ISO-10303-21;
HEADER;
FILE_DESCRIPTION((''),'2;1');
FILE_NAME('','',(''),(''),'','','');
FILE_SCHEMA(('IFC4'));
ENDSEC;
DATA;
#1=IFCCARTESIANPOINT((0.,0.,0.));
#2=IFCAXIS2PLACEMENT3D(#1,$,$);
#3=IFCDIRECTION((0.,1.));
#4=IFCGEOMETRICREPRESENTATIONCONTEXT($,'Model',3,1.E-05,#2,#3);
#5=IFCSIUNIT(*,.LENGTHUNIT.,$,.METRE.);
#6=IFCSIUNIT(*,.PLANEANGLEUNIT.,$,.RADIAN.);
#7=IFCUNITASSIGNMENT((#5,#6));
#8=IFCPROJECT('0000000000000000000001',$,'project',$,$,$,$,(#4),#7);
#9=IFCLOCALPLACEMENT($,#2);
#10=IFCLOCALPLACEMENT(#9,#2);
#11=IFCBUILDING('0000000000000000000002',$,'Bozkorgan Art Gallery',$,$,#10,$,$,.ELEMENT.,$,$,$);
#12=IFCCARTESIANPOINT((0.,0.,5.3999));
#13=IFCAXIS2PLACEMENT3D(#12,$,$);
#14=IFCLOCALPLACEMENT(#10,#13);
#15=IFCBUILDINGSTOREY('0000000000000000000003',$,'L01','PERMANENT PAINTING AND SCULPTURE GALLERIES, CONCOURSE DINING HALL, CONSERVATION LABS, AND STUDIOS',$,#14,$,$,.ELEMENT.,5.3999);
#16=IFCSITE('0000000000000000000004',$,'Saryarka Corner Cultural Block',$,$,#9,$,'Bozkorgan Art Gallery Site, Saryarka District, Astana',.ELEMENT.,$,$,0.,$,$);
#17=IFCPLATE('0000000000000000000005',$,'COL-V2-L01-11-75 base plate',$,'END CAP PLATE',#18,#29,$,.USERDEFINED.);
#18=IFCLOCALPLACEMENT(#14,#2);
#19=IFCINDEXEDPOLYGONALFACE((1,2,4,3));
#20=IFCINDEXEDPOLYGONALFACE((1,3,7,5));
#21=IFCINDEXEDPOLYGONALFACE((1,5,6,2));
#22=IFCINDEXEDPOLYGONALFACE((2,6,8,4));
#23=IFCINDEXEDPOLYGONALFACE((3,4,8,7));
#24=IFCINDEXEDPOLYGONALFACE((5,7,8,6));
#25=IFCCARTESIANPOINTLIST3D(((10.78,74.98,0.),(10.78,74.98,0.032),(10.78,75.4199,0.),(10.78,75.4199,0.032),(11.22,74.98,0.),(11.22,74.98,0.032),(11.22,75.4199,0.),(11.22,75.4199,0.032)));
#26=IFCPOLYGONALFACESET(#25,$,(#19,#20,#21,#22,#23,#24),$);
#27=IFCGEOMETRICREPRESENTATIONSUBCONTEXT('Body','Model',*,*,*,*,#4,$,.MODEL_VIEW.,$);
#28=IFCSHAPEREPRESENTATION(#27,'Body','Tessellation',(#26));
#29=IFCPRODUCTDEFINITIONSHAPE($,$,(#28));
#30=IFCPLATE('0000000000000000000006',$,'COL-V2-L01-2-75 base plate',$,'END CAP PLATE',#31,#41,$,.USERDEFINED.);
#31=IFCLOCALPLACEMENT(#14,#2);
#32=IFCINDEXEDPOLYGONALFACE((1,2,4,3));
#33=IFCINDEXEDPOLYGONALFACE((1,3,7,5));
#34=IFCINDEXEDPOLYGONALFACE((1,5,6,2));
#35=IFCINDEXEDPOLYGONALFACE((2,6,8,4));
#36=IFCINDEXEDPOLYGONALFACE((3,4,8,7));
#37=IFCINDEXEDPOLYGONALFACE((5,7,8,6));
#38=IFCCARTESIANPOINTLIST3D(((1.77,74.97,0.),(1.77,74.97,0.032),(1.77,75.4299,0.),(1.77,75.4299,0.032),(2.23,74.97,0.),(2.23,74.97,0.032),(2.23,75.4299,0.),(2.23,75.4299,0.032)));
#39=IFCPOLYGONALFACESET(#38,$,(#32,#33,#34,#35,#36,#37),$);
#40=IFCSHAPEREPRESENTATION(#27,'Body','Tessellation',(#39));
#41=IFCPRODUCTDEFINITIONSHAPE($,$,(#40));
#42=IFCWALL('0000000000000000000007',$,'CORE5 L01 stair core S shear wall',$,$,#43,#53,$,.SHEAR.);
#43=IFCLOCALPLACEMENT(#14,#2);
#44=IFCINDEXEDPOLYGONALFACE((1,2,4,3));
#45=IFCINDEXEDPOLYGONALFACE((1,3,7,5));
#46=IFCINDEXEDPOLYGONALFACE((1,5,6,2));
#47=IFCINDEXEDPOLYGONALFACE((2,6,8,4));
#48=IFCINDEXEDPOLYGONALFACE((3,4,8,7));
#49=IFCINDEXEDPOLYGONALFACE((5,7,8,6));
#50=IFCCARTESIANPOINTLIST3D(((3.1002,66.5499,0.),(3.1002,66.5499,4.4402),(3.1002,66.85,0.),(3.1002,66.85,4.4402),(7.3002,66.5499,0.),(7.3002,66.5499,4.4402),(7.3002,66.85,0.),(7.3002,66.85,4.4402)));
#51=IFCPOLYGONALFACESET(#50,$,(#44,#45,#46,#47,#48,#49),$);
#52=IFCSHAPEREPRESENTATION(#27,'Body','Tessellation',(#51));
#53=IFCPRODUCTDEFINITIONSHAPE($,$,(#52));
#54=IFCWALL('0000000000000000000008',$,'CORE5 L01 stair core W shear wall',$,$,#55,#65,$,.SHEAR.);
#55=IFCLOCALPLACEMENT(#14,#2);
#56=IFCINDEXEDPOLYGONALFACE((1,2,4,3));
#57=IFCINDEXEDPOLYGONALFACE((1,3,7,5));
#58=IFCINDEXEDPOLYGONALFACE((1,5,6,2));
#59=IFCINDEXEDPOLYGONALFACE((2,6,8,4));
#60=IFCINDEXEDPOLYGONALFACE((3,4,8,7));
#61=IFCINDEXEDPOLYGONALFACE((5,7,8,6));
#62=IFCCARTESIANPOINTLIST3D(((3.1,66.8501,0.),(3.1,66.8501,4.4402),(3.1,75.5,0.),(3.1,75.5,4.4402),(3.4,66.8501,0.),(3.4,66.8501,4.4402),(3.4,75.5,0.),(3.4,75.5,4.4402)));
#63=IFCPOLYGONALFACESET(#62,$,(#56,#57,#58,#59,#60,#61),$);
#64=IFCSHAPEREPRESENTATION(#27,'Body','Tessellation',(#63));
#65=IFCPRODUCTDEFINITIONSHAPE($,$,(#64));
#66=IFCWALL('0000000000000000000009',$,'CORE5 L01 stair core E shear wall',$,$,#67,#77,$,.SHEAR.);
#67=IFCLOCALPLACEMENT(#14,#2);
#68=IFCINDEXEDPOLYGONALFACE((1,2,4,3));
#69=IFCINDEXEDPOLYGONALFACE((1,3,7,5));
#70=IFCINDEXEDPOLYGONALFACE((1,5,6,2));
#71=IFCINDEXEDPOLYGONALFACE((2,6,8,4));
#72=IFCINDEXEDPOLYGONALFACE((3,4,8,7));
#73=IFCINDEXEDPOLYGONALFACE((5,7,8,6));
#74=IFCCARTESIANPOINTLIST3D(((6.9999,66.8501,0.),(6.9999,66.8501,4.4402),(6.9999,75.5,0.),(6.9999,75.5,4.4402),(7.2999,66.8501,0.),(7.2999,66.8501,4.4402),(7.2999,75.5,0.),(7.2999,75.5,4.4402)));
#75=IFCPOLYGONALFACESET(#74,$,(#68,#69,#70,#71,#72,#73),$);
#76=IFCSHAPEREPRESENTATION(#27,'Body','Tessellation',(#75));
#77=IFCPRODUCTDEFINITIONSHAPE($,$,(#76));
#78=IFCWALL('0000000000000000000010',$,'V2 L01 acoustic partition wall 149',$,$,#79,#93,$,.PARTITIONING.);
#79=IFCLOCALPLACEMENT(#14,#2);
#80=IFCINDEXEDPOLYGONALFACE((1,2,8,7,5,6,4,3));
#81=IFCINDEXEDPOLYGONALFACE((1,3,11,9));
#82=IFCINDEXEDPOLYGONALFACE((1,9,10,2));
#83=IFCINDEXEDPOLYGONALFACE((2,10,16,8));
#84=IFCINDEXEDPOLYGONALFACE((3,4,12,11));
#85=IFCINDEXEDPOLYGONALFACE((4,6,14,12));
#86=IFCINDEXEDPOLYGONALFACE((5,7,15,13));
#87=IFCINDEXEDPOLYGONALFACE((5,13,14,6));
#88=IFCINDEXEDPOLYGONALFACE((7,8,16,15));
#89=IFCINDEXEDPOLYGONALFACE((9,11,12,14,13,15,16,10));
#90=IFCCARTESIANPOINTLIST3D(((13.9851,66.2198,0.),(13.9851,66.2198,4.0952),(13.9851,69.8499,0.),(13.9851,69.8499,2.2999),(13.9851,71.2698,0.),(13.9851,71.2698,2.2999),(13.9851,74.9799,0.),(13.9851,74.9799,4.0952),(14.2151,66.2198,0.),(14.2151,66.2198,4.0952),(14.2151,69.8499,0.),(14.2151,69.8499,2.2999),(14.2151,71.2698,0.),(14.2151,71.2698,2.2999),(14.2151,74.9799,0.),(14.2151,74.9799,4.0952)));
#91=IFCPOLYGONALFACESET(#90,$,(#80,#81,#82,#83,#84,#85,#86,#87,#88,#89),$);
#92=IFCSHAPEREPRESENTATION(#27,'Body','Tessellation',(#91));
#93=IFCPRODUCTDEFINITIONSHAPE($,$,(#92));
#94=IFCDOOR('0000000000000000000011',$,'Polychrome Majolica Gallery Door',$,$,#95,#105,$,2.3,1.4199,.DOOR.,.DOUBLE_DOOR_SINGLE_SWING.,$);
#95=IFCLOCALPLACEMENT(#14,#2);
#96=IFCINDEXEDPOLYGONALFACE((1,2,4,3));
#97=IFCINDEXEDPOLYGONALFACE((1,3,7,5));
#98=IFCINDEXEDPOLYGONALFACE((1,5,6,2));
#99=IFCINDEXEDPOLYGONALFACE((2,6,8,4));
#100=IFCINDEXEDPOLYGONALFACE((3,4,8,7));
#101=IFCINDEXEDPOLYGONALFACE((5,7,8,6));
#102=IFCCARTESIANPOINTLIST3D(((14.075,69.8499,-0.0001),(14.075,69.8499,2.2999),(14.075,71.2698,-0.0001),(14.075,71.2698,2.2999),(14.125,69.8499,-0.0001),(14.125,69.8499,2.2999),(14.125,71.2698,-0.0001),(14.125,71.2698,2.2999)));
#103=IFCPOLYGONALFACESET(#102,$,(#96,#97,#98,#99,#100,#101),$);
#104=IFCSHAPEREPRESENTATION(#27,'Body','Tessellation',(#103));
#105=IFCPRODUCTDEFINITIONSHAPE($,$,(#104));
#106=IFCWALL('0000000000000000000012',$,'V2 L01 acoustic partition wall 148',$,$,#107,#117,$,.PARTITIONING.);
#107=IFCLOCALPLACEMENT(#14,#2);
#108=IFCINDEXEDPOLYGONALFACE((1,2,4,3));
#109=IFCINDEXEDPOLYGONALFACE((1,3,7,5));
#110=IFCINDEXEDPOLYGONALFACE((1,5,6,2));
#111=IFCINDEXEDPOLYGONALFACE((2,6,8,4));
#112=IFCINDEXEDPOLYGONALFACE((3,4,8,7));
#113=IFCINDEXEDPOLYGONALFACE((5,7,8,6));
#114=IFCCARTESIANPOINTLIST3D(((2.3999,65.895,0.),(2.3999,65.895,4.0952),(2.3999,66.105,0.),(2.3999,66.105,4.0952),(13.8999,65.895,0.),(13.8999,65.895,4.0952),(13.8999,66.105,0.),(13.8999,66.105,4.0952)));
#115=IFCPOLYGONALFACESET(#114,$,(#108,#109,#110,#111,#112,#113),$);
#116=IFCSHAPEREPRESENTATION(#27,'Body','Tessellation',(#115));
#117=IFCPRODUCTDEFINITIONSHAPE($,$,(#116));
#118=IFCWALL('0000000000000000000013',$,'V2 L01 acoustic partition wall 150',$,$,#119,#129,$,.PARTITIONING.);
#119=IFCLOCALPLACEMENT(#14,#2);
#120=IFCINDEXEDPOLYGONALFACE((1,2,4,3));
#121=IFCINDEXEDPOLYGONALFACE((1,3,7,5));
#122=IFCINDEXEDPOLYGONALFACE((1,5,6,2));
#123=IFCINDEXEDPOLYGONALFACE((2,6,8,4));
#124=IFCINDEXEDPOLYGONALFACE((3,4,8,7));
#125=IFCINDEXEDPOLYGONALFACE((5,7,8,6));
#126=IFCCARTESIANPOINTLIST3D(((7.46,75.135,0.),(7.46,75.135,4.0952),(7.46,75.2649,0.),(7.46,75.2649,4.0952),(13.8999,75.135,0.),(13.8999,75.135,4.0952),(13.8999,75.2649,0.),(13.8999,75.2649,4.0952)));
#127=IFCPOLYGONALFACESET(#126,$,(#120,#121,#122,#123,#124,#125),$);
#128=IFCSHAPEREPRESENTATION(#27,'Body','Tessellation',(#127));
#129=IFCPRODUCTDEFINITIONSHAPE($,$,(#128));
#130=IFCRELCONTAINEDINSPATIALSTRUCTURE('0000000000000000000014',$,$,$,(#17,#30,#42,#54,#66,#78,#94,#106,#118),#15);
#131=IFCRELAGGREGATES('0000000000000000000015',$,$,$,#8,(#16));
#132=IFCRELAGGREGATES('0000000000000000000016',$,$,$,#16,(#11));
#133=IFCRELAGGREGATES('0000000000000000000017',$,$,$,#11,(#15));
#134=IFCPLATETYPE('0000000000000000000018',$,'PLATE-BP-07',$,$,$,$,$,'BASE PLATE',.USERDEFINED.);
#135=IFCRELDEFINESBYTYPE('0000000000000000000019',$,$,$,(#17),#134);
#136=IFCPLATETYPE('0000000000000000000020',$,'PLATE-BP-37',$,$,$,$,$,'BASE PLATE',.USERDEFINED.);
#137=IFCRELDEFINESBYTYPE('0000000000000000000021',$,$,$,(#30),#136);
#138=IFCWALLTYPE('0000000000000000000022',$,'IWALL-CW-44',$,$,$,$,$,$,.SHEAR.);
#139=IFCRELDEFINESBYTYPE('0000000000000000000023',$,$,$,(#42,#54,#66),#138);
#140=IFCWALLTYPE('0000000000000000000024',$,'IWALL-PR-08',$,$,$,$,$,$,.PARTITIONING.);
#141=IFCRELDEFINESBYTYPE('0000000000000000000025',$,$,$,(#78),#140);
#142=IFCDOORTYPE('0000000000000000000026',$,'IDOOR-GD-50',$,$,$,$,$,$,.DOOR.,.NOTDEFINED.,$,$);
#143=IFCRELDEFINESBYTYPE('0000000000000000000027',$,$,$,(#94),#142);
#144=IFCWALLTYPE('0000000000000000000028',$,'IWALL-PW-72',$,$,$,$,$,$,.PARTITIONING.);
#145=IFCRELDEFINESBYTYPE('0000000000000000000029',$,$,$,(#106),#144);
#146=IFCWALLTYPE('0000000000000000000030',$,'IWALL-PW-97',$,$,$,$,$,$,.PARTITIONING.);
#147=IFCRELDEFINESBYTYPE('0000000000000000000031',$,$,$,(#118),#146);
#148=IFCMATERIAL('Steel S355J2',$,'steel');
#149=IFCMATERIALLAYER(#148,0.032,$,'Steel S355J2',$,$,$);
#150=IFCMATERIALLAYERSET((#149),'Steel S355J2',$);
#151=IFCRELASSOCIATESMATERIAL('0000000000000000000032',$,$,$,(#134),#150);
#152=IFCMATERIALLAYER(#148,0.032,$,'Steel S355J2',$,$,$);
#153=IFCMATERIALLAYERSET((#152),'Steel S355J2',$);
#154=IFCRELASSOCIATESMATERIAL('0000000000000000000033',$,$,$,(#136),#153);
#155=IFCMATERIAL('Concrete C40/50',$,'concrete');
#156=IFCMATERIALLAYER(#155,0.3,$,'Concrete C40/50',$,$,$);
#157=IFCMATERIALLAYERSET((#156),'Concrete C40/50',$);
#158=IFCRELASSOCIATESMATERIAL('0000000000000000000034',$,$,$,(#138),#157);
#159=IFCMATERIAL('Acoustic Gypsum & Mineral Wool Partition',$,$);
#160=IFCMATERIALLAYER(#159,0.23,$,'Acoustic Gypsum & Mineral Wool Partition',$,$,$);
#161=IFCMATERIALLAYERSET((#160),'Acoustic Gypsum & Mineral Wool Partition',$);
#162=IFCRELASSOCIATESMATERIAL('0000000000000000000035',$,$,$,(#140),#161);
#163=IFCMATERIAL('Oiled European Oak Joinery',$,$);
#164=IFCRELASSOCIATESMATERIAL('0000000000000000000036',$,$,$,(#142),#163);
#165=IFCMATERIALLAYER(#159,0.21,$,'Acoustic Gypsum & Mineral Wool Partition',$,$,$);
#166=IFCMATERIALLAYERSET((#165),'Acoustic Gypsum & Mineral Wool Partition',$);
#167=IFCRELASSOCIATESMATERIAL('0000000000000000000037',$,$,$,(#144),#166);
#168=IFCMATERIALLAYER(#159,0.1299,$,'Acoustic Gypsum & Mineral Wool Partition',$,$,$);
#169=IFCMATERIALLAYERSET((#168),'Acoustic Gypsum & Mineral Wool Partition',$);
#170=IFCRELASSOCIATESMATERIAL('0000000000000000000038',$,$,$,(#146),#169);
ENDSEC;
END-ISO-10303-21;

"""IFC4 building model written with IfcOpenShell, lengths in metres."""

from ifc_helpers import new_model, si_unit, direction, frame, frame_2d, origin, origin_2d, place, context, subcontext, project, spatial, rectangle, extrude, material, layer, layer_set, type_object, element, fill, save


model = new_model("IFC4")

# Units and contexts
model_context = context("Model", 3, precision=1e-05, world=origin(), true_north=direction((0.0, 1.0)))
body_context = subcontext(model_context, "Body", "Model", "MODEL_VIEW")
ifc_project = project(units=[si_unit("LENGTHUNIT", "METRE"), si_unit("PLANEANGLEUNIT", "RADIAN")], contexts=[model_context])

# Site, building, storey
site_placement = place(None, origin())
site = spatial("IfcSite", under=ifc_project, at=site_placement, Name="Saryarka Corner Cultural Block", LongName="Bozkorgan Art Gallery Site, Saryarka District, Astana", CompositionType="ELEMENT", RefElevation=0.0)
building_placement = place(site_placement, origin())
building = spatial("IfcBuilding", under=site, at=building_placement, Name="Bozkorgan Art Gallery", CompositionType="ELEMENT")
storey_placement = place(building_placement, frame((0.0, 0.0, 5.3999)))
storey = spatial("IfcBuildingStorey", under=building, at=storey_placement, Name="L01", Description="PERMANENT PAINTING AND SCULPTURE GALLERIES, CONCOURSE DINING HALL, CONSERVATION LABS, AND STUDIOS", CompositionType="ELEMENT", Elevation=5.3999)

# Shared definitions
ifc_material_1 = material(Name="Steel S355J2", Category="steel")

# Plates
ifc_layer_1 = layer(ifc_material_1, 0.032, Name="Steel S355J2")
ifc_layer_set_1 = layer_set([ifc_layer_1], Name="Steel S355J2")
plate_type_1 = type_object("IfcPlateType", Name="PLATE-BP-07", ElementType="BASE PLATE", PredefinedType="USERDEFINED", material=ifc_layer_set_1)
for number, where, z_axis, x_axis, name in (
    (1, (11.0, 75.2, 0.0), (0.0, 0.0, 1.0), (1.0, 0.0, 0.0), "COL-V2-L01-11-75 base plate"),
):
    element("IfcPlate", number, at=place(storey_placement, frame(where, z_axis=z_axis, x_axis=x_axis)), inside=storey, type_object=plate_type_1, Name=name, ObjectType="END CAP PLATE", PredefinedType="USERDEFINED", context=body_context, shape_type="SweptSolid", body=[
        extrude(rectangle(XDim=0.4399, YDim=0.4399, at=origin_2d()), origin(), (0.0, 0.0, 1.0), 0.032),
    ])
ifc_layer_2 = layer(ifc_material_1, 0.032, Name="Steel S355J2")
ifc_layer_set_2 = layer_set([ifc_layer_2], Name="Steel S355J2")
plate_type_2 = type_object("IfcPlateType", Name="PLATE-BP-37", ElementType="BASE PLATE", PredefinedType="USERDEFINED", material=ifc_layer_set_2)
plate_1_placement = place(storey_placement, frame((2.0, 75.2, 0.0), z_axis=(0.0, 0.0, 1.0), x_axis=(1.0, 0.0, 0.0)))
element("IfcPlate", 2, at=plate_1_placement, inside=storey, type_object=plate_type_2, Name="COL-V2-L01-2-75 base plate", ObjectType="END CAP PLATE", PredefinedType="USERDEFINED", context=body_context, shape_type="SweptSolid", body=[
    extrude(rectangle(XDim=0.46, YDim=0.46, at=origin_2d()), origin(), (0.0, 0.0, 1.0), 0.032),
])

# Walls
ifc_material_2 = material(Name="Concrete C40/50", Category="concrete")
ifc_layer_3 = layer(ifc_material_2, 0.3, Name="Concrete C40/50")
ifc_layer_set_3 = layer_set([ifc_layer_3], Name="Concrete C40/50")
wall_type_1 = type_object("IfcWallType", Name="IWALL-CW-44", PredefinedType="SHEAR", material=ifc_layer_set_3)
wall_1_placement = place(storey_placement, frame((3.1001, 66.7, 0.0), z_axis=(0.0, 0.0, 1.0), x_axis=(1.0, 0.0, 0.0)))
element("IfcWall", 3, at=wall_1_placement, inside=storey, type_object=wall_type_1, Name="CORE5 L01 stair core S shear wall", PredefinedType="SHEAR", context=body_context, shape_type="SweptSolid", body=[
    extrude(rectangle(XDim=4.2, YDim=0.3, at=frame_2d((2.1001, 0.0))), origin(), (0.0, 0.0, 1.0), 4.4402),
])
for number, where, z_axis, x_axis, name in (
    (4, (3.25, 66.8501, 0.0), (0.0, 0.0, 1.0), (0.0, 1.0, 0.0), "CORE5 L01 stair core W shear wall"),
    (5, (7.1499, 66.8501, 0.0), (0.0, 0.0, 1.0), (0.0, 1.0, 0.0), "CORE5 L01 stair core E shear wall"),
):
    element("IfcWall", number, at=place(storey_placement, frame(where, z_axis=z_axis, x_axis=x_axis)), inside=storey, type_object=wall_type_1, Name=name, PredefinedType="SHEAR", context=body_context, shape_type="SweptSolid", body=[
        extrude(rectangle(XDim=8.6499, YDim=0.3, at=frame_2d((4.325, 0.0))), origin(), (0.0, 0.0, 1.0), 4.4402),
    ])

# Wall, opening, door
ifc_material_3 = material(Name="Acoustic Gypsum & Mineral Wool Partition")
ifc_layer_4 = layer(ifc_material_3, 0.23, Name="Acoustic Gypsum & Mineral Wool Partition")
ifc_layer_set_4 = layer_set([ifc_layer_4], Name="Acoustic Gypsum & Mineral Wool Partition")
wall_type_2 = type_object("IfcWallType", Name="IWALL-PR-08", PredefinedType="PARTITIONING", material=ifc_layer_set_4)
wall_2_placement = place(storey_placement, frame((14.1001, 66.22, 0.0), z_axis=(0.0, 0.0, 1.0), x_axis=(0.0, 1.0, 0.0)))
wall_2 = element("IfcWall", 6, at=wall_2_placement, inside=storey, type_object=wall_type_2, Name="V2 L01 acoustic partition wall 149", PredefinedType="PARTITIONING", context=body_context, shape_type="SweptSolid", body=[
    extrude(rectangle(XDim=8.76, YDim=0.23, at=frame_2d((4.3799, 0.0))), origin(), (0.0, 0.0, 1.0), 4.0952),
])
opening_placement = place(wall_2_placement, frame((5.0498, 0.0, 0.0), z_axis=(0.0, 0.0, 1.0), x_axis=(-1.0, 0.0, 0.0)))
opening = element("IfcOpeningElement", 7, at=opening_placement, cuts=wall_2, PredefinedType="OPENING", context=body_context, shape_type="SweptSolid", body=[
    extrude(rectangle(XDim=1.4199, YDim=2.3, at=frame_2d((0.71, 1.1499))), frame((0.0, 0.125, 0.0), z_axis=(0.0, -1.0, 0.0), x_axis=(1.0, 0.0, 0.0)), (0.0, 0.0, 1.0), 0.25),
])
ifc_material_4 = material(Name="Oiled European Oak Joinery")
door_type = type_object("IfcDoorType", Name="IDOOR-GD-50", OperationType="NOTDEFINED", PredefinedType="DOOR", material=ifc_material_4)
door_placement = place(opening_placement, origin())
door = element("IfcDoor", 8, at=door_placement, inside=storey, type_object=door_type, Name="Polychrome Majolica Gallery Door", OperationType="DOUBLE_DOOR_SINGLE_SWING", OverallHeight=2.3, OverallWidth=1.4199, PredefinedType="DOOR", context=body_context, shape_type="SweptSolid", body=[
    extrude(rectangle(XDim=1.4199, YDim=2.3, at=frame_2d((0.71, 1.1499))), frame((0.0, 0.0249, 0.0), z_axis=(0.0, -1.0, 0.0), x_axis=(1.0, 0.0, 0.0)), (0.0, 0.0, 1.0), 0.05),
])
fill(opening, door)

# Walls
ifc_layer_5 = layer(ifc_material_3, 0.21, Name="Acoustic Gypsum & Mineral Wool Partition")
ifc_layer_set_5 = layer_set([ifc_layer_5], Name="Acoustic Gypsum & Mineral Wool Partition")
wall_type_3 = type_object("IfcWallType", Name="IWALL-PW-72", PredefinedType="PARTITIONING", material=ifc_layer_set_5)
wall_3_placement = place(storey_placement, frame((2.3999, 66.0, 0.0), z_axis=(0.0, 0.0, 1.0), x_axis=(1.0, 0.0, 0.0)))
element("IfcWall", 9, at=wall_3_placement, inside=storey, type_object=wall_type_3, Name="V2 L01 acoustic partition wall 148", PredefinedType="PARTITIONING", context=body_context, shape_type="SweptSolid", body=[
    extrude(rectangle(XDim=11.5, YDim=0.21, at=frame_2d((5.75, 0.0))), origin(), (0.0, 0.0, 1.0), 4.0952),
])
ifc_layer_6 = layer(ifc_material_3, 0.1299, Name="Acoustic Gypsum & Mineral Wool Partition")
ifc_layer_set_6 = layer_set([ifc_layer_6], Name="Acoustic Gypsum & Mineral Wool Partition")
wall_type_4 = type_object("IfcWallType", Name="IWALL-PW-97", PredefinedType="PARTITIONING", material=ifc_layer_set_6)
wall_4_placement = place(storey_placement, frame((7.46, 75.2, 0.0), z_axis=(0.0, 0.0, 1.0), x_axis=(1.0, 0.0, 0.0)))
element("IfcWall", 10, at=wall_4_placement, inside=storey, type_object=wall_type_4, Name="V2 L01 acoustic partition wall 150", PredefinedType="PARTITIONING", context=body_context, shape_type="SweptSolid", body=[
    extrude(rectangle(XDim=6.4399, YDim=0.1299, at=frame_2d((3.22, 0.0))), origin(), (0.0, 0.0, 1.0), 4.0952),
])

save(model, "model.ifc")
